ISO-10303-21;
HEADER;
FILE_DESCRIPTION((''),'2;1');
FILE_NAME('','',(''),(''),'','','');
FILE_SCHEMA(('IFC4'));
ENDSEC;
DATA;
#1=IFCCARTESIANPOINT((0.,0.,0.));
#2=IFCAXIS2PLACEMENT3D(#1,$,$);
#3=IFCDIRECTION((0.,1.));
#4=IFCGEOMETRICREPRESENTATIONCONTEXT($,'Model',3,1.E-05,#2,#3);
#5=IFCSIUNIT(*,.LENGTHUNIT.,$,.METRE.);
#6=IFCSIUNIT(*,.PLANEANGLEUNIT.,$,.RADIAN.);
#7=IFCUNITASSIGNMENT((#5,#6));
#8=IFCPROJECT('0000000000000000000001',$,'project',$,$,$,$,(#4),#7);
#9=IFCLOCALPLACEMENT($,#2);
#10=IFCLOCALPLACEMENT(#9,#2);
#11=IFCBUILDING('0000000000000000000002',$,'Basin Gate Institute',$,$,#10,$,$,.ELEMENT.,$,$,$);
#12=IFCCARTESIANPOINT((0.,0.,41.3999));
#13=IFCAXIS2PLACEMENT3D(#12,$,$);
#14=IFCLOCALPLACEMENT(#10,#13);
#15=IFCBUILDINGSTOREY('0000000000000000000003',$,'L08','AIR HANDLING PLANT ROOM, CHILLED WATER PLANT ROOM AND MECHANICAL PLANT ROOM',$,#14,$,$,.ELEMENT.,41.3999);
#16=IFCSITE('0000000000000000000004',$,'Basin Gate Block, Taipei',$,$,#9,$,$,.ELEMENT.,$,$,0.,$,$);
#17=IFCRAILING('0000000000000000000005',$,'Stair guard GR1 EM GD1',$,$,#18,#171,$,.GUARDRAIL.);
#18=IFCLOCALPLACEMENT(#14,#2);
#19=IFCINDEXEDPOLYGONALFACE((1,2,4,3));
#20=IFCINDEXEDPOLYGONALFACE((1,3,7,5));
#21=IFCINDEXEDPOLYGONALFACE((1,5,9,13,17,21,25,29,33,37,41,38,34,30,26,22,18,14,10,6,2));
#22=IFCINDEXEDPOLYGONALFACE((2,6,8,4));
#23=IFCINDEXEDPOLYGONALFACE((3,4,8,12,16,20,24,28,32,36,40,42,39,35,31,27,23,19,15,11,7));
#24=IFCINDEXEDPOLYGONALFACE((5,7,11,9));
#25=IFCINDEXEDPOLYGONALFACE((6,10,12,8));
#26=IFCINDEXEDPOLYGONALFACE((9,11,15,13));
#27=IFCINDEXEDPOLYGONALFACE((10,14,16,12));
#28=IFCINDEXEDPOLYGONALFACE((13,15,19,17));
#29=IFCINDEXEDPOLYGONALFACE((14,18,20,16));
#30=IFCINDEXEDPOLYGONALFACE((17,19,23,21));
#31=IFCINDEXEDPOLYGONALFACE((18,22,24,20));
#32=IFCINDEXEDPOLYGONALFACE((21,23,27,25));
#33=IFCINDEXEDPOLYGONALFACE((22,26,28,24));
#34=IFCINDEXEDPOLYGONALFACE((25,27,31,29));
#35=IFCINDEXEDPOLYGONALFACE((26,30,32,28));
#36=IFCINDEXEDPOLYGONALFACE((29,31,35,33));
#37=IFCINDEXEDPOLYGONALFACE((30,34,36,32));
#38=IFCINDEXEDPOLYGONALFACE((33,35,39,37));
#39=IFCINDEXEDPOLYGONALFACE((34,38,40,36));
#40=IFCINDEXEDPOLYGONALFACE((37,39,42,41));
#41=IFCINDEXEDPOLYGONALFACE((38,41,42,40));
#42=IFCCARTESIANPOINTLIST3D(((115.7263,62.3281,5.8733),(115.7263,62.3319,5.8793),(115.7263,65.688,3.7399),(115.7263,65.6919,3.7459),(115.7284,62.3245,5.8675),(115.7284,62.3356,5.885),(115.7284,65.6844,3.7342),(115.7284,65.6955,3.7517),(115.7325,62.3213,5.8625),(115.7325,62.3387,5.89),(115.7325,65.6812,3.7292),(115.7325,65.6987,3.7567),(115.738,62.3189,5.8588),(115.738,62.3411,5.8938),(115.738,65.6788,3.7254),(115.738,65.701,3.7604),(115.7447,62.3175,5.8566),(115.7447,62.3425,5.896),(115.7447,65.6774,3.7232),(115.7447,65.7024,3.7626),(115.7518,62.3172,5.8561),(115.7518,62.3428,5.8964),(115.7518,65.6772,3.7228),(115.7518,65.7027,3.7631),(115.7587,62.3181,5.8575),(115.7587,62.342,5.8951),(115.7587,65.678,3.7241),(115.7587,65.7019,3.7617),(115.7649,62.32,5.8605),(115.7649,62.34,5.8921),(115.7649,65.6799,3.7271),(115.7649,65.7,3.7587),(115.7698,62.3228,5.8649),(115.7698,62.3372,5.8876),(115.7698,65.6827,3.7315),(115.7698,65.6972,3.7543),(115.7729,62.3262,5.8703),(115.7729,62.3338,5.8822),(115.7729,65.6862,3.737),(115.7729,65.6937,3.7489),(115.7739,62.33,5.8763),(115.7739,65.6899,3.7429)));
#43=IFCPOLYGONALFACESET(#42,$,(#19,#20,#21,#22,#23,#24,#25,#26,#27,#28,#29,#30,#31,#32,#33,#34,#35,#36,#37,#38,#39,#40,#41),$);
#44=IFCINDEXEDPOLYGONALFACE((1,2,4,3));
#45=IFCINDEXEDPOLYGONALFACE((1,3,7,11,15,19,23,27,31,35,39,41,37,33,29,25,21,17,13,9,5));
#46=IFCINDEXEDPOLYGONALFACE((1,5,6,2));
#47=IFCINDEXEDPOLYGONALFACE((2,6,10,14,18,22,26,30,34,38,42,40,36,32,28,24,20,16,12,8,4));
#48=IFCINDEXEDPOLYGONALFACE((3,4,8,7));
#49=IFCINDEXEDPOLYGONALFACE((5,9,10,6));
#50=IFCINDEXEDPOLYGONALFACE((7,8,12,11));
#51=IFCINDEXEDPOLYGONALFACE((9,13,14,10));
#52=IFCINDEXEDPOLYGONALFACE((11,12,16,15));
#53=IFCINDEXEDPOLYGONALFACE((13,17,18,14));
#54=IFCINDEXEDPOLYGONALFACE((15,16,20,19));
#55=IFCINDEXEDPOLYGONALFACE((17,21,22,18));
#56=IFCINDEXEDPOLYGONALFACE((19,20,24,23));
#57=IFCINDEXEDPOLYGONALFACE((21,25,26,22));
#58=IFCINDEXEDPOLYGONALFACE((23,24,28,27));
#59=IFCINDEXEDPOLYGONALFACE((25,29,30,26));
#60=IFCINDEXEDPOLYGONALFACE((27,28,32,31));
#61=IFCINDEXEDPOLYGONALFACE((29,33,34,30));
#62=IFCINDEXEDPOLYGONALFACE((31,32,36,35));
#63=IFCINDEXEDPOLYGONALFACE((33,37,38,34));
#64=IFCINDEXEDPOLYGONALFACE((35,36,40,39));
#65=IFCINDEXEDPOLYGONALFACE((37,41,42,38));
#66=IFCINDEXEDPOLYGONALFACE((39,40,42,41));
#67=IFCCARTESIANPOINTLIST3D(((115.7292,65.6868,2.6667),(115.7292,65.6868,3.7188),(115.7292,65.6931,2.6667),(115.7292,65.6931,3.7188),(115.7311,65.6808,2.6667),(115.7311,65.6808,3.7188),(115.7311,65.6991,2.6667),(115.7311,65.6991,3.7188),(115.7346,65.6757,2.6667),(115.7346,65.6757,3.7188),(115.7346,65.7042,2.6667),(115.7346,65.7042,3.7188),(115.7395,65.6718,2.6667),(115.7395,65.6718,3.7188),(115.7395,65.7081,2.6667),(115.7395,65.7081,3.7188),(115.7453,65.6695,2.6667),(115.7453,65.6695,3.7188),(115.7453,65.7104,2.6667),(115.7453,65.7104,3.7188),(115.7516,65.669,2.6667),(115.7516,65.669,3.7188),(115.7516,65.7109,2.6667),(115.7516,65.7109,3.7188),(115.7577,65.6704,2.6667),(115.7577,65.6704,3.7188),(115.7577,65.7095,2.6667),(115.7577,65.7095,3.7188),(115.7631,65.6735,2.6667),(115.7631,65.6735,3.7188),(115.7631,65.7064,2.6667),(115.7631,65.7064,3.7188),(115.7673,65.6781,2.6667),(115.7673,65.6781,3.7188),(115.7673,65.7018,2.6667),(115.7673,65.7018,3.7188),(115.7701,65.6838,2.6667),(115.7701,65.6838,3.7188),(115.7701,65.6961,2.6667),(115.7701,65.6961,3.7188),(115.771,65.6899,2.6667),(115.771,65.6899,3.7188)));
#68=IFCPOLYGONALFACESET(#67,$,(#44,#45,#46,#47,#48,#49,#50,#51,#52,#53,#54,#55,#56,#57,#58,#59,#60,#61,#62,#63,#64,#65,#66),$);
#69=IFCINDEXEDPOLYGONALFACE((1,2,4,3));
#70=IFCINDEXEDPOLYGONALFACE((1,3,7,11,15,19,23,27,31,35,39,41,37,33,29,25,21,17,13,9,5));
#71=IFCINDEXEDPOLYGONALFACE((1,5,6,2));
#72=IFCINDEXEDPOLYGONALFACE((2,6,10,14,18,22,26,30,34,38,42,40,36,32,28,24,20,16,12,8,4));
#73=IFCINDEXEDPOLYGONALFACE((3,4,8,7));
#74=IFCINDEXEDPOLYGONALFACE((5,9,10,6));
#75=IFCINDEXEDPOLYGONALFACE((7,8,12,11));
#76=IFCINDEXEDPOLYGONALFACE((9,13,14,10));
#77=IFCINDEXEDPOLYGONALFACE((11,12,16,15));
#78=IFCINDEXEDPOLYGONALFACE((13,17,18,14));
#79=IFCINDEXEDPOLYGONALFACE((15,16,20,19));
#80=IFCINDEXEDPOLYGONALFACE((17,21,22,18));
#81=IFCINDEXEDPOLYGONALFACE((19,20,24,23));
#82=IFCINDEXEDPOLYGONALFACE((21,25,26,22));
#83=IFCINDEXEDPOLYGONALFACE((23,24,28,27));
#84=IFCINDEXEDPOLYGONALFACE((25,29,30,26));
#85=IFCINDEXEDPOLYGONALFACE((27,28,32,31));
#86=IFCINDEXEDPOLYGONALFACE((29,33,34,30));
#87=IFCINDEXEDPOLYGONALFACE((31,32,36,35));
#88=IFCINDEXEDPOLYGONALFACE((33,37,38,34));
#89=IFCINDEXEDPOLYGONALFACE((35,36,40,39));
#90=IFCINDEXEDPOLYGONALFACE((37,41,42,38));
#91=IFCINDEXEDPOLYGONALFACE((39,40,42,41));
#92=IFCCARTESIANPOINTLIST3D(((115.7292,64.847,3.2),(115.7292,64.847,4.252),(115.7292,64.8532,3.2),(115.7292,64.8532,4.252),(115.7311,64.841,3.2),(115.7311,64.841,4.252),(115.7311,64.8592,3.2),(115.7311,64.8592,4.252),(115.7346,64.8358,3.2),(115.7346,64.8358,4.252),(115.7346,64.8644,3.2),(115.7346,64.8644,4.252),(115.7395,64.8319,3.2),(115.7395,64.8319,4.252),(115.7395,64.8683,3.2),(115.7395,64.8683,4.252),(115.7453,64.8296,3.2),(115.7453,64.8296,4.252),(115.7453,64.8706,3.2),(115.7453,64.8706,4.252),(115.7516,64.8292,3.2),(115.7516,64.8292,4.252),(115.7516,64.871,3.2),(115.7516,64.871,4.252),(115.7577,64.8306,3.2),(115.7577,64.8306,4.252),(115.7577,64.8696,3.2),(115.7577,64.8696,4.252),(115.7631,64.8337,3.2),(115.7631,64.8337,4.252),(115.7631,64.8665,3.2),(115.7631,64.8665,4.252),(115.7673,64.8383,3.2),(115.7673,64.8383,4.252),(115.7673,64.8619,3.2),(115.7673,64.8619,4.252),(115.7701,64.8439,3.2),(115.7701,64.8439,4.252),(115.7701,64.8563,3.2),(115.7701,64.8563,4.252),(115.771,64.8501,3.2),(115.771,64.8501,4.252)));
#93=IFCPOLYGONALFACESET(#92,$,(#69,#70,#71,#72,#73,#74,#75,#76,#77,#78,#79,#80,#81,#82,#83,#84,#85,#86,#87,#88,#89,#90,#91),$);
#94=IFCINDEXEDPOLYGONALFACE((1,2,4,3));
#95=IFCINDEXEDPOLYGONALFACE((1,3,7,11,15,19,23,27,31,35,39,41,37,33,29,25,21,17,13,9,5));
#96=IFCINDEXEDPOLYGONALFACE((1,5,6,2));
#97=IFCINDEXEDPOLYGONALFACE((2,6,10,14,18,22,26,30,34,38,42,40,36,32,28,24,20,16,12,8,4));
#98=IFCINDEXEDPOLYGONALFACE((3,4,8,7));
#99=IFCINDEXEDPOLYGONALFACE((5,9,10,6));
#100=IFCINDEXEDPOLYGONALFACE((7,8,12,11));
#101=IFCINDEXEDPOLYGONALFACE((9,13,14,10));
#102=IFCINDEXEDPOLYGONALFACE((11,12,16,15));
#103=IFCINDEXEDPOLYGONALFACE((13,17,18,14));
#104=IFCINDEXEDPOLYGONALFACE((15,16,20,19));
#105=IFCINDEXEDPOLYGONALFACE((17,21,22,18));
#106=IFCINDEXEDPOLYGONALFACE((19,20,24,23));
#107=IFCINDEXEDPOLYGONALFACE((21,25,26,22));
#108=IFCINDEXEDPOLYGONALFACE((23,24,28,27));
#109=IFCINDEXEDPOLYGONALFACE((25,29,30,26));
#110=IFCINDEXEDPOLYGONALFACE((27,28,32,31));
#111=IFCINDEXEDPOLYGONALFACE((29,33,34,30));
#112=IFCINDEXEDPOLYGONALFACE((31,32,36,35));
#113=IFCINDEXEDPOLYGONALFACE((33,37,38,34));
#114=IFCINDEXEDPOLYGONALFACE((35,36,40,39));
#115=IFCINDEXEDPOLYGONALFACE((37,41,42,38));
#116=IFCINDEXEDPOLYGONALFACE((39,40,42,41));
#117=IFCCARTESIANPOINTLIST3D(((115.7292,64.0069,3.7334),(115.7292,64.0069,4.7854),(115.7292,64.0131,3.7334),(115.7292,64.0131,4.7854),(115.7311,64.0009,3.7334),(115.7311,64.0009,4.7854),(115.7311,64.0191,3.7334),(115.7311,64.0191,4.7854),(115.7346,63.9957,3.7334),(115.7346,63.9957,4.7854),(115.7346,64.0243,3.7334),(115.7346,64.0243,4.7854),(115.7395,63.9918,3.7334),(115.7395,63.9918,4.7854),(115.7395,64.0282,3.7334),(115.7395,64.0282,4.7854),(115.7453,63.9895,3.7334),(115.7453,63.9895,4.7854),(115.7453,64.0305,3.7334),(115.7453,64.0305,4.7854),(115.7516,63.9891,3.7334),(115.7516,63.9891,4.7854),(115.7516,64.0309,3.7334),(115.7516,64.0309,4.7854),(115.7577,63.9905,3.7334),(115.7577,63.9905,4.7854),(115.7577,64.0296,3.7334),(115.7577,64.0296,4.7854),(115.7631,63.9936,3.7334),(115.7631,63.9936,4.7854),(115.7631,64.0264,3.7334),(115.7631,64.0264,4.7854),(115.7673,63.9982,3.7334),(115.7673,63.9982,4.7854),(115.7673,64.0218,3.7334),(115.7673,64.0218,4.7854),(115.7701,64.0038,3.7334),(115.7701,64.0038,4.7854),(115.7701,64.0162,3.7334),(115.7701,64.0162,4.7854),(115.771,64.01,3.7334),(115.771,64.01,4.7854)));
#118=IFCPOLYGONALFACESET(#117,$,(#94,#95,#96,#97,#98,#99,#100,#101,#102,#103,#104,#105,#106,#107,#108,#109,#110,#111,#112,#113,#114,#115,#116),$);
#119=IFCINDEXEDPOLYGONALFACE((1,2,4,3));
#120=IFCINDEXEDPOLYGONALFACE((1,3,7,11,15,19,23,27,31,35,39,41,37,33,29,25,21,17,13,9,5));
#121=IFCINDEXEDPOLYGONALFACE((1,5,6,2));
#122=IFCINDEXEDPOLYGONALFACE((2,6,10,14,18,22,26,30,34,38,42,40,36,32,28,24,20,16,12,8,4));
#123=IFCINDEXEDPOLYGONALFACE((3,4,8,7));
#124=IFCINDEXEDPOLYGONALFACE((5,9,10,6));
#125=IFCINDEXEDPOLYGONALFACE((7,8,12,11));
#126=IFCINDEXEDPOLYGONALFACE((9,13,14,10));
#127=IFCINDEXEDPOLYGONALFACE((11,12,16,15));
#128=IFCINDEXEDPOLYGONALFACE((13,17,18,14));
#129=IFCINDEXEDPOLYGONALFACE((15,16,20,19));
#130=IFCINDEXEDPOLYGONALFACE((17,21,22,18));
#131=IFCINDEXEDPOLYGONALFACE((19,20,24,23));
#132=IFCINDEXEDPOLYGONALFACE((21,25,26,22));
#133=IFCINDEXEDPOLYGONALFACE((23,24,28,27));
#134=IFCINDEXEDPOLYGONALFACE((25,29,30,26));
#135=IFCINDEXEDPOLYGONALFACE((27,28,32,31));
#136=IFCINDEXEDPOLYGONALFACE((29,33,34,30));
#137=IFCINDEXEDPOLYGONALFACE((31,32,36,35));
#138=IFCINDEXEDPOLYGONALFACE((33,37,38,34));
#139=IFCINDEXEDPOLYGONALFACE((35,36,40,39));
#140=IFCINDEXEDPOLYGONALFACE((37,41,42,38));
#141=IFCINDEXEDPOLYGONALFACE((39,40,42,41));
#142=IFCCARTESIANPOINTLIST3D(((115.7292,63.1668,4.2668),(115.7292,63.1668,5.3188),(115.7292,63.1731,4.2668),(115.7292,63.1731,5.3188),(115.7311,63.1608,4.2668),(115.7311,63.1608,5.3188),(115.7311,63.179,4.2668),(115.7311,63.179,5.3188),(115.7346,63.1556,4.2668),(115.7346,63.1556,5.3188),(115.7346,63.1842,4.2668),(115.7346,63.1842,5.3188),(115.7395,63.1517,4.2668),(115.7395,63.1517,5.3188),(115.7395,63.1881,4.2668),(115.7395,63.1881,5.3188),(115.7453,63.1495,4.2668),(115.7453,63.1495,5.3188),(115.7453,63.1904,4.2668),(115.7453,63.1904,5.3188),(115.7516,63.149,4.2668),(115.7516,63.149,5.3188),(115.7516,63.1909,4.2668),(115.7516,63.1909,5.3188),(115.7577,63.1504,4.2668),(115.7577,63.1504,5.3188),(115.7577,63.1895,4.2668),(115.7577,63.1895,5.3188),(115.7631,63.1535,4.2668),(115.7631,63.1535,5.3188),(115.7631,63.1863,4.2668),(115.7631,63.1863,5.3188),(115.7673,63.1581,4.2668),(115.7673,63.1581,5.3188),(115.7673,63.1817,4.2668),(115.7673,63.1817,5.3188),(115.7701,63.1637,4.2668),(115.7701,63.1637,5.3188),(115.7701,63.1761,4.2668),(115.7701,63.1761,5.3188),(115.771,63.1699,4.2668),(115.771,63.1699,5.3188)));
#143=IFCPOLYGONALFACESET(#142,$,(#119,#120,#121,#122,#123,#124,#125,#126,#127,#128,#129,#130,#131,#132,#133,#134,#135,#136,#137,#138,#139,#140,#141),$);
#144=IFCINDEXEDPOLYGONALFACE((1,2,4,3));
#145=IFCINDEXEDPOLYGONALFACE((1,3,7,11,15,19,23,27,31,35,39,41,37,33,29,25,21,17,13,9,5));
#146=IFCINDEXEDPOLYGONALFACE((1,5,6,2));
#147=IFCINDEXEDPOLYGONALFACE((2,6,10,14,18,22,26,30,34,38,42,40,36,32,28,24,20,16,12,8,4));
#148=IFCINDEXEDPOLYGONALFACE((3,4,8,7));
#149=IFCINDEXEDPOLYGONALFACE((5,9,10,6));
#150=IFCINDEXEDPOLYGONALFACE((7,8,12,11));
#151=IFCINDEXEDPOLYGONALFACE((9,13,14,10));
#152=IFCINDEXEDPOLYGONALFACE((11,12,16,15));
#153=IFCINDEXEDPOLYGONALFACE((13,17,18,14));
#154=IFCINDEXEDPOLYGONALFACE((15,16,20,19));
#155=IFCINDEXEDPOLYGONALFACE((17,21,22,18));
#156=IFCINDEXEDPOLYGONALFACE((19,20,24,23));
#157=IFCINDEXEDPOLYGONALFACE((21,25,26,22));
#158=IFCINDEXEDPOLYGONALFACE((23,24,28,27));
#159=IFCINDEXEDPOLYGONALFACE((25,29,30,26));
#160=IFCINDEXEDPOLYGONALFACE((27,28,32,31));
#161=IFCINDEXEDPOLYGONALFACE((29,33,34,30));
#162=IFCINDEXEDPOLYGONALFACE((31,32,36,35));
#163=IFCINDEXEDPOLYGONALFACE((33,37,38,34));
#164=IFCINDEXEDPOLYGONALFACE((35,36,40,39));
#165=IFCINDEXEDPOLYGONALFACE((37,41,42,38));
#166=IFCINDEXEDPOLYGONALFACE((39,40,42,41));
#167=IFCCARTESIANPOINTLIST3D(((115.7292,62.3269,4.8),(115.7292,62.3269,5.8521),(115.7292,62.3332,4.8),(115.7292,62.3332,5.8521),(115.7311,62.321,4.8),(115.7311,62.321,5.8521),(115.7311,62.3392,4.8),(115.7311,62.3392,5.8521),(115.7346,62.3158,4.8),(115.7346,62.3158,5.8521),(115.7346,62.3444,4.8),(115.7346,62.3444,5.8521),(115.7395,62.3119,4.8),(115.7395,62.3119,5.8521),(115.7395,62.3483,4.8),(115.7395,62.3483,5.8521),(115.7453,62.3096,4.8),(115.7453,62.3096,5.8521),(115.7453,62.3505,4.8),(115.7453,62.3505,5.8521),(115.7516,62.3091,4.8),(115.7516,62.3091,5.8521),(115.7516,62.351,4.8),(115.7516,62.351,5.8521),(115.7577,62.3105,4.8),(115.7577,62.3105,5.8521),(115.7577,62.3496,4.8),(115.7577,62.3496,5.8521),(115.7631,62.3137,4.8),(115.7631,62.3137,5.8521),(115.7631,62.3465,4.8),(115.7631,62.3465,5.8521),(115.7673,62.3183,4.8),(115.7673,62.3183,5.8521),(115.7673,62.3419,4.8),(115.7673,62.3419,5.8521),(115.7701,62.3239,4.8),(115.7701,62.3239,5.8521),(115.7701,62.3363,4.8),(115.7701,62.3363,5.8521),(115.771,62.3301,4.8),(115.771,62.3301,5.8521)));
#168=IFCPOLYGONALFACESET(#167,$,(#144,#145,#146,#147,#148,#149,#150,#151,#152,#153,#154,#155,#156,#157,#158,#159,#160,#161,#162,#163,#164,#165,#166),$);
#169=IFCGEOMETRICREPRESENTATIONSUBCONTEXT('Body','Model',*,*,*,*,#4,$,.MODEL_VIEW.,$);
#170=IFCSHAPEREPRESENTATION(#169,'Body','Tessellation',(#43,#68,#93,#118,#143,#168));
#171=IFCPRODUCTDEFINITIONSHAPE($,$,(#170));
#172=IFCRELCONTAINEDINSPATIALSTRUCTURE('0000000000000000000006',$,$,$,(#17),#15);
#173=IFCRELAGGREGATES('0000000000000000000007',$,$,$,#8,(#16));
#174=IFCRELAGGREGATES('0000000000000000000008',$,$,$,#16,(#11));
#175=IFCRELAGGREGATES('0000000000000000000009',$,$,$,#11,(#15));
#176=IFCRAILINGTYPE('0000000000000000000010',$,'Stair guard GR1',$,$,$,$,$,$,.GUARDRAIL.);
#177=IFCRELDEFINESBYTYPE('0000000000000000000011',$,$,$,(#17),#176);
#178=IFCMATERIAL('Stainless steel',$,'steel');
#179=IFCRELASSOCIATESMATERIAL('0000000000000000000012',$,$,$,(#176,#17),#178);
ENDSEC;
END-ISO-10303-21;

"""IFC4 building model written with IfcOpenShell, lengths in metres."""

from ifc_helpers import new_model, si_unit, direction, frame, origin, origin_2d, place, context, subcontext, project, spatial, circle, extrude, material, type_object, element, save


model = new_model("IFC4")

# Units and contexts
model_context = context("Model", 3, precision=1e-05, world=origin(), true_north=direction((0.0, 1.0)))
body_context = subcontext(model_context, "Body", "Model", "MODEL_VIEW")
ifc_project = project(units=[si_unit("LENGTHUNIT", "METRE"), si_unit("PLANEANGLEUNIT", "RADIAN")], contexts=[model_context])

# Site, building, storey
site_placement = place(None, origin())
site = spatial("IfcSite", under=ifc_project, at=site_placement, Name="Basin Gate Block, Taipei", CompositionType="ELEMENT", RefElevation=0.0)
building_placement = place(site_placement, origin())
building = spatial("IfcBuilding", under=site, at=building_placement, Name="Basin Gate Institute", CompositionType="ELEMENT")
storey_placement = place(building_placement, frame((0.0, 0.0, 41.3999)))
storey = spatial("IfcBuildingStorey", under=building, at=storey_placement, Name="L08", Description="AIR HANDLING PLANT ROOM, CHILLED WATER PLANT ROOM AND MECHANICAL PLANT ROOM", CompositionType="ELEMENT", Elevation=41.3999)

# Railing
ifc_material_1 = material(Name="Stainless steel", Category="steel")
railing_type_1 = type_object("IfcRailingType", Name="Stair guard GR1", PredefinedType="GUARDRAIL", material=ifc_material_1)
railing_1_placement = place(storey_placement, frame((115.75, 65.6899, 2.6667)))
element("IfcRailing", 1, at=railing_1_placement, inside=storey, type_object=railing_type_1, material=ifc_material_1, Name="Stair guard GR1 EM GD1", PredefinedType="GUARDRAIL", context=body_context, shape_type="SweptSolid", body=[
    extrude(circle(Radius=0.0239, at=origin_2d()), frame((0.0, 0.0, 1.0762), z_axis=(0.0, -0.844207, 0.536018), x_axis=(1.0, 0.0, 0.0)), (0.0, 0.0, 1.0), 3.98),
    extrude(circle(Radius=0.021, at=origin_2d()), origin(), (0.0, 0.0, 1.0), 1.052),
    extrude(circle(Radius=0.021, at=origin_2d()), frame((0.0, -0.8398, 0.5332)), (0.0, 0.0, 1.0), 1.052),
    extrude(circle(Radius=0.021, at=origin_2d()), frame((0.0, -1.6799, 1.0667)), (0.0, 0.0, 1.0), 1.052),
    extrude(circle(Radius=0.021, at=origin_2d()), frame((0.0, -2.52, 1.6001)), (0.0, 0.0, 1.0), 1.052),
    extrude(circle(Radius=0.021, at=origin_2d()), frame((0.0, -3.3599, 2.1333)), (0.0, 0.0, 1.0), 1.052),
])

save(model, "model.ifc")
